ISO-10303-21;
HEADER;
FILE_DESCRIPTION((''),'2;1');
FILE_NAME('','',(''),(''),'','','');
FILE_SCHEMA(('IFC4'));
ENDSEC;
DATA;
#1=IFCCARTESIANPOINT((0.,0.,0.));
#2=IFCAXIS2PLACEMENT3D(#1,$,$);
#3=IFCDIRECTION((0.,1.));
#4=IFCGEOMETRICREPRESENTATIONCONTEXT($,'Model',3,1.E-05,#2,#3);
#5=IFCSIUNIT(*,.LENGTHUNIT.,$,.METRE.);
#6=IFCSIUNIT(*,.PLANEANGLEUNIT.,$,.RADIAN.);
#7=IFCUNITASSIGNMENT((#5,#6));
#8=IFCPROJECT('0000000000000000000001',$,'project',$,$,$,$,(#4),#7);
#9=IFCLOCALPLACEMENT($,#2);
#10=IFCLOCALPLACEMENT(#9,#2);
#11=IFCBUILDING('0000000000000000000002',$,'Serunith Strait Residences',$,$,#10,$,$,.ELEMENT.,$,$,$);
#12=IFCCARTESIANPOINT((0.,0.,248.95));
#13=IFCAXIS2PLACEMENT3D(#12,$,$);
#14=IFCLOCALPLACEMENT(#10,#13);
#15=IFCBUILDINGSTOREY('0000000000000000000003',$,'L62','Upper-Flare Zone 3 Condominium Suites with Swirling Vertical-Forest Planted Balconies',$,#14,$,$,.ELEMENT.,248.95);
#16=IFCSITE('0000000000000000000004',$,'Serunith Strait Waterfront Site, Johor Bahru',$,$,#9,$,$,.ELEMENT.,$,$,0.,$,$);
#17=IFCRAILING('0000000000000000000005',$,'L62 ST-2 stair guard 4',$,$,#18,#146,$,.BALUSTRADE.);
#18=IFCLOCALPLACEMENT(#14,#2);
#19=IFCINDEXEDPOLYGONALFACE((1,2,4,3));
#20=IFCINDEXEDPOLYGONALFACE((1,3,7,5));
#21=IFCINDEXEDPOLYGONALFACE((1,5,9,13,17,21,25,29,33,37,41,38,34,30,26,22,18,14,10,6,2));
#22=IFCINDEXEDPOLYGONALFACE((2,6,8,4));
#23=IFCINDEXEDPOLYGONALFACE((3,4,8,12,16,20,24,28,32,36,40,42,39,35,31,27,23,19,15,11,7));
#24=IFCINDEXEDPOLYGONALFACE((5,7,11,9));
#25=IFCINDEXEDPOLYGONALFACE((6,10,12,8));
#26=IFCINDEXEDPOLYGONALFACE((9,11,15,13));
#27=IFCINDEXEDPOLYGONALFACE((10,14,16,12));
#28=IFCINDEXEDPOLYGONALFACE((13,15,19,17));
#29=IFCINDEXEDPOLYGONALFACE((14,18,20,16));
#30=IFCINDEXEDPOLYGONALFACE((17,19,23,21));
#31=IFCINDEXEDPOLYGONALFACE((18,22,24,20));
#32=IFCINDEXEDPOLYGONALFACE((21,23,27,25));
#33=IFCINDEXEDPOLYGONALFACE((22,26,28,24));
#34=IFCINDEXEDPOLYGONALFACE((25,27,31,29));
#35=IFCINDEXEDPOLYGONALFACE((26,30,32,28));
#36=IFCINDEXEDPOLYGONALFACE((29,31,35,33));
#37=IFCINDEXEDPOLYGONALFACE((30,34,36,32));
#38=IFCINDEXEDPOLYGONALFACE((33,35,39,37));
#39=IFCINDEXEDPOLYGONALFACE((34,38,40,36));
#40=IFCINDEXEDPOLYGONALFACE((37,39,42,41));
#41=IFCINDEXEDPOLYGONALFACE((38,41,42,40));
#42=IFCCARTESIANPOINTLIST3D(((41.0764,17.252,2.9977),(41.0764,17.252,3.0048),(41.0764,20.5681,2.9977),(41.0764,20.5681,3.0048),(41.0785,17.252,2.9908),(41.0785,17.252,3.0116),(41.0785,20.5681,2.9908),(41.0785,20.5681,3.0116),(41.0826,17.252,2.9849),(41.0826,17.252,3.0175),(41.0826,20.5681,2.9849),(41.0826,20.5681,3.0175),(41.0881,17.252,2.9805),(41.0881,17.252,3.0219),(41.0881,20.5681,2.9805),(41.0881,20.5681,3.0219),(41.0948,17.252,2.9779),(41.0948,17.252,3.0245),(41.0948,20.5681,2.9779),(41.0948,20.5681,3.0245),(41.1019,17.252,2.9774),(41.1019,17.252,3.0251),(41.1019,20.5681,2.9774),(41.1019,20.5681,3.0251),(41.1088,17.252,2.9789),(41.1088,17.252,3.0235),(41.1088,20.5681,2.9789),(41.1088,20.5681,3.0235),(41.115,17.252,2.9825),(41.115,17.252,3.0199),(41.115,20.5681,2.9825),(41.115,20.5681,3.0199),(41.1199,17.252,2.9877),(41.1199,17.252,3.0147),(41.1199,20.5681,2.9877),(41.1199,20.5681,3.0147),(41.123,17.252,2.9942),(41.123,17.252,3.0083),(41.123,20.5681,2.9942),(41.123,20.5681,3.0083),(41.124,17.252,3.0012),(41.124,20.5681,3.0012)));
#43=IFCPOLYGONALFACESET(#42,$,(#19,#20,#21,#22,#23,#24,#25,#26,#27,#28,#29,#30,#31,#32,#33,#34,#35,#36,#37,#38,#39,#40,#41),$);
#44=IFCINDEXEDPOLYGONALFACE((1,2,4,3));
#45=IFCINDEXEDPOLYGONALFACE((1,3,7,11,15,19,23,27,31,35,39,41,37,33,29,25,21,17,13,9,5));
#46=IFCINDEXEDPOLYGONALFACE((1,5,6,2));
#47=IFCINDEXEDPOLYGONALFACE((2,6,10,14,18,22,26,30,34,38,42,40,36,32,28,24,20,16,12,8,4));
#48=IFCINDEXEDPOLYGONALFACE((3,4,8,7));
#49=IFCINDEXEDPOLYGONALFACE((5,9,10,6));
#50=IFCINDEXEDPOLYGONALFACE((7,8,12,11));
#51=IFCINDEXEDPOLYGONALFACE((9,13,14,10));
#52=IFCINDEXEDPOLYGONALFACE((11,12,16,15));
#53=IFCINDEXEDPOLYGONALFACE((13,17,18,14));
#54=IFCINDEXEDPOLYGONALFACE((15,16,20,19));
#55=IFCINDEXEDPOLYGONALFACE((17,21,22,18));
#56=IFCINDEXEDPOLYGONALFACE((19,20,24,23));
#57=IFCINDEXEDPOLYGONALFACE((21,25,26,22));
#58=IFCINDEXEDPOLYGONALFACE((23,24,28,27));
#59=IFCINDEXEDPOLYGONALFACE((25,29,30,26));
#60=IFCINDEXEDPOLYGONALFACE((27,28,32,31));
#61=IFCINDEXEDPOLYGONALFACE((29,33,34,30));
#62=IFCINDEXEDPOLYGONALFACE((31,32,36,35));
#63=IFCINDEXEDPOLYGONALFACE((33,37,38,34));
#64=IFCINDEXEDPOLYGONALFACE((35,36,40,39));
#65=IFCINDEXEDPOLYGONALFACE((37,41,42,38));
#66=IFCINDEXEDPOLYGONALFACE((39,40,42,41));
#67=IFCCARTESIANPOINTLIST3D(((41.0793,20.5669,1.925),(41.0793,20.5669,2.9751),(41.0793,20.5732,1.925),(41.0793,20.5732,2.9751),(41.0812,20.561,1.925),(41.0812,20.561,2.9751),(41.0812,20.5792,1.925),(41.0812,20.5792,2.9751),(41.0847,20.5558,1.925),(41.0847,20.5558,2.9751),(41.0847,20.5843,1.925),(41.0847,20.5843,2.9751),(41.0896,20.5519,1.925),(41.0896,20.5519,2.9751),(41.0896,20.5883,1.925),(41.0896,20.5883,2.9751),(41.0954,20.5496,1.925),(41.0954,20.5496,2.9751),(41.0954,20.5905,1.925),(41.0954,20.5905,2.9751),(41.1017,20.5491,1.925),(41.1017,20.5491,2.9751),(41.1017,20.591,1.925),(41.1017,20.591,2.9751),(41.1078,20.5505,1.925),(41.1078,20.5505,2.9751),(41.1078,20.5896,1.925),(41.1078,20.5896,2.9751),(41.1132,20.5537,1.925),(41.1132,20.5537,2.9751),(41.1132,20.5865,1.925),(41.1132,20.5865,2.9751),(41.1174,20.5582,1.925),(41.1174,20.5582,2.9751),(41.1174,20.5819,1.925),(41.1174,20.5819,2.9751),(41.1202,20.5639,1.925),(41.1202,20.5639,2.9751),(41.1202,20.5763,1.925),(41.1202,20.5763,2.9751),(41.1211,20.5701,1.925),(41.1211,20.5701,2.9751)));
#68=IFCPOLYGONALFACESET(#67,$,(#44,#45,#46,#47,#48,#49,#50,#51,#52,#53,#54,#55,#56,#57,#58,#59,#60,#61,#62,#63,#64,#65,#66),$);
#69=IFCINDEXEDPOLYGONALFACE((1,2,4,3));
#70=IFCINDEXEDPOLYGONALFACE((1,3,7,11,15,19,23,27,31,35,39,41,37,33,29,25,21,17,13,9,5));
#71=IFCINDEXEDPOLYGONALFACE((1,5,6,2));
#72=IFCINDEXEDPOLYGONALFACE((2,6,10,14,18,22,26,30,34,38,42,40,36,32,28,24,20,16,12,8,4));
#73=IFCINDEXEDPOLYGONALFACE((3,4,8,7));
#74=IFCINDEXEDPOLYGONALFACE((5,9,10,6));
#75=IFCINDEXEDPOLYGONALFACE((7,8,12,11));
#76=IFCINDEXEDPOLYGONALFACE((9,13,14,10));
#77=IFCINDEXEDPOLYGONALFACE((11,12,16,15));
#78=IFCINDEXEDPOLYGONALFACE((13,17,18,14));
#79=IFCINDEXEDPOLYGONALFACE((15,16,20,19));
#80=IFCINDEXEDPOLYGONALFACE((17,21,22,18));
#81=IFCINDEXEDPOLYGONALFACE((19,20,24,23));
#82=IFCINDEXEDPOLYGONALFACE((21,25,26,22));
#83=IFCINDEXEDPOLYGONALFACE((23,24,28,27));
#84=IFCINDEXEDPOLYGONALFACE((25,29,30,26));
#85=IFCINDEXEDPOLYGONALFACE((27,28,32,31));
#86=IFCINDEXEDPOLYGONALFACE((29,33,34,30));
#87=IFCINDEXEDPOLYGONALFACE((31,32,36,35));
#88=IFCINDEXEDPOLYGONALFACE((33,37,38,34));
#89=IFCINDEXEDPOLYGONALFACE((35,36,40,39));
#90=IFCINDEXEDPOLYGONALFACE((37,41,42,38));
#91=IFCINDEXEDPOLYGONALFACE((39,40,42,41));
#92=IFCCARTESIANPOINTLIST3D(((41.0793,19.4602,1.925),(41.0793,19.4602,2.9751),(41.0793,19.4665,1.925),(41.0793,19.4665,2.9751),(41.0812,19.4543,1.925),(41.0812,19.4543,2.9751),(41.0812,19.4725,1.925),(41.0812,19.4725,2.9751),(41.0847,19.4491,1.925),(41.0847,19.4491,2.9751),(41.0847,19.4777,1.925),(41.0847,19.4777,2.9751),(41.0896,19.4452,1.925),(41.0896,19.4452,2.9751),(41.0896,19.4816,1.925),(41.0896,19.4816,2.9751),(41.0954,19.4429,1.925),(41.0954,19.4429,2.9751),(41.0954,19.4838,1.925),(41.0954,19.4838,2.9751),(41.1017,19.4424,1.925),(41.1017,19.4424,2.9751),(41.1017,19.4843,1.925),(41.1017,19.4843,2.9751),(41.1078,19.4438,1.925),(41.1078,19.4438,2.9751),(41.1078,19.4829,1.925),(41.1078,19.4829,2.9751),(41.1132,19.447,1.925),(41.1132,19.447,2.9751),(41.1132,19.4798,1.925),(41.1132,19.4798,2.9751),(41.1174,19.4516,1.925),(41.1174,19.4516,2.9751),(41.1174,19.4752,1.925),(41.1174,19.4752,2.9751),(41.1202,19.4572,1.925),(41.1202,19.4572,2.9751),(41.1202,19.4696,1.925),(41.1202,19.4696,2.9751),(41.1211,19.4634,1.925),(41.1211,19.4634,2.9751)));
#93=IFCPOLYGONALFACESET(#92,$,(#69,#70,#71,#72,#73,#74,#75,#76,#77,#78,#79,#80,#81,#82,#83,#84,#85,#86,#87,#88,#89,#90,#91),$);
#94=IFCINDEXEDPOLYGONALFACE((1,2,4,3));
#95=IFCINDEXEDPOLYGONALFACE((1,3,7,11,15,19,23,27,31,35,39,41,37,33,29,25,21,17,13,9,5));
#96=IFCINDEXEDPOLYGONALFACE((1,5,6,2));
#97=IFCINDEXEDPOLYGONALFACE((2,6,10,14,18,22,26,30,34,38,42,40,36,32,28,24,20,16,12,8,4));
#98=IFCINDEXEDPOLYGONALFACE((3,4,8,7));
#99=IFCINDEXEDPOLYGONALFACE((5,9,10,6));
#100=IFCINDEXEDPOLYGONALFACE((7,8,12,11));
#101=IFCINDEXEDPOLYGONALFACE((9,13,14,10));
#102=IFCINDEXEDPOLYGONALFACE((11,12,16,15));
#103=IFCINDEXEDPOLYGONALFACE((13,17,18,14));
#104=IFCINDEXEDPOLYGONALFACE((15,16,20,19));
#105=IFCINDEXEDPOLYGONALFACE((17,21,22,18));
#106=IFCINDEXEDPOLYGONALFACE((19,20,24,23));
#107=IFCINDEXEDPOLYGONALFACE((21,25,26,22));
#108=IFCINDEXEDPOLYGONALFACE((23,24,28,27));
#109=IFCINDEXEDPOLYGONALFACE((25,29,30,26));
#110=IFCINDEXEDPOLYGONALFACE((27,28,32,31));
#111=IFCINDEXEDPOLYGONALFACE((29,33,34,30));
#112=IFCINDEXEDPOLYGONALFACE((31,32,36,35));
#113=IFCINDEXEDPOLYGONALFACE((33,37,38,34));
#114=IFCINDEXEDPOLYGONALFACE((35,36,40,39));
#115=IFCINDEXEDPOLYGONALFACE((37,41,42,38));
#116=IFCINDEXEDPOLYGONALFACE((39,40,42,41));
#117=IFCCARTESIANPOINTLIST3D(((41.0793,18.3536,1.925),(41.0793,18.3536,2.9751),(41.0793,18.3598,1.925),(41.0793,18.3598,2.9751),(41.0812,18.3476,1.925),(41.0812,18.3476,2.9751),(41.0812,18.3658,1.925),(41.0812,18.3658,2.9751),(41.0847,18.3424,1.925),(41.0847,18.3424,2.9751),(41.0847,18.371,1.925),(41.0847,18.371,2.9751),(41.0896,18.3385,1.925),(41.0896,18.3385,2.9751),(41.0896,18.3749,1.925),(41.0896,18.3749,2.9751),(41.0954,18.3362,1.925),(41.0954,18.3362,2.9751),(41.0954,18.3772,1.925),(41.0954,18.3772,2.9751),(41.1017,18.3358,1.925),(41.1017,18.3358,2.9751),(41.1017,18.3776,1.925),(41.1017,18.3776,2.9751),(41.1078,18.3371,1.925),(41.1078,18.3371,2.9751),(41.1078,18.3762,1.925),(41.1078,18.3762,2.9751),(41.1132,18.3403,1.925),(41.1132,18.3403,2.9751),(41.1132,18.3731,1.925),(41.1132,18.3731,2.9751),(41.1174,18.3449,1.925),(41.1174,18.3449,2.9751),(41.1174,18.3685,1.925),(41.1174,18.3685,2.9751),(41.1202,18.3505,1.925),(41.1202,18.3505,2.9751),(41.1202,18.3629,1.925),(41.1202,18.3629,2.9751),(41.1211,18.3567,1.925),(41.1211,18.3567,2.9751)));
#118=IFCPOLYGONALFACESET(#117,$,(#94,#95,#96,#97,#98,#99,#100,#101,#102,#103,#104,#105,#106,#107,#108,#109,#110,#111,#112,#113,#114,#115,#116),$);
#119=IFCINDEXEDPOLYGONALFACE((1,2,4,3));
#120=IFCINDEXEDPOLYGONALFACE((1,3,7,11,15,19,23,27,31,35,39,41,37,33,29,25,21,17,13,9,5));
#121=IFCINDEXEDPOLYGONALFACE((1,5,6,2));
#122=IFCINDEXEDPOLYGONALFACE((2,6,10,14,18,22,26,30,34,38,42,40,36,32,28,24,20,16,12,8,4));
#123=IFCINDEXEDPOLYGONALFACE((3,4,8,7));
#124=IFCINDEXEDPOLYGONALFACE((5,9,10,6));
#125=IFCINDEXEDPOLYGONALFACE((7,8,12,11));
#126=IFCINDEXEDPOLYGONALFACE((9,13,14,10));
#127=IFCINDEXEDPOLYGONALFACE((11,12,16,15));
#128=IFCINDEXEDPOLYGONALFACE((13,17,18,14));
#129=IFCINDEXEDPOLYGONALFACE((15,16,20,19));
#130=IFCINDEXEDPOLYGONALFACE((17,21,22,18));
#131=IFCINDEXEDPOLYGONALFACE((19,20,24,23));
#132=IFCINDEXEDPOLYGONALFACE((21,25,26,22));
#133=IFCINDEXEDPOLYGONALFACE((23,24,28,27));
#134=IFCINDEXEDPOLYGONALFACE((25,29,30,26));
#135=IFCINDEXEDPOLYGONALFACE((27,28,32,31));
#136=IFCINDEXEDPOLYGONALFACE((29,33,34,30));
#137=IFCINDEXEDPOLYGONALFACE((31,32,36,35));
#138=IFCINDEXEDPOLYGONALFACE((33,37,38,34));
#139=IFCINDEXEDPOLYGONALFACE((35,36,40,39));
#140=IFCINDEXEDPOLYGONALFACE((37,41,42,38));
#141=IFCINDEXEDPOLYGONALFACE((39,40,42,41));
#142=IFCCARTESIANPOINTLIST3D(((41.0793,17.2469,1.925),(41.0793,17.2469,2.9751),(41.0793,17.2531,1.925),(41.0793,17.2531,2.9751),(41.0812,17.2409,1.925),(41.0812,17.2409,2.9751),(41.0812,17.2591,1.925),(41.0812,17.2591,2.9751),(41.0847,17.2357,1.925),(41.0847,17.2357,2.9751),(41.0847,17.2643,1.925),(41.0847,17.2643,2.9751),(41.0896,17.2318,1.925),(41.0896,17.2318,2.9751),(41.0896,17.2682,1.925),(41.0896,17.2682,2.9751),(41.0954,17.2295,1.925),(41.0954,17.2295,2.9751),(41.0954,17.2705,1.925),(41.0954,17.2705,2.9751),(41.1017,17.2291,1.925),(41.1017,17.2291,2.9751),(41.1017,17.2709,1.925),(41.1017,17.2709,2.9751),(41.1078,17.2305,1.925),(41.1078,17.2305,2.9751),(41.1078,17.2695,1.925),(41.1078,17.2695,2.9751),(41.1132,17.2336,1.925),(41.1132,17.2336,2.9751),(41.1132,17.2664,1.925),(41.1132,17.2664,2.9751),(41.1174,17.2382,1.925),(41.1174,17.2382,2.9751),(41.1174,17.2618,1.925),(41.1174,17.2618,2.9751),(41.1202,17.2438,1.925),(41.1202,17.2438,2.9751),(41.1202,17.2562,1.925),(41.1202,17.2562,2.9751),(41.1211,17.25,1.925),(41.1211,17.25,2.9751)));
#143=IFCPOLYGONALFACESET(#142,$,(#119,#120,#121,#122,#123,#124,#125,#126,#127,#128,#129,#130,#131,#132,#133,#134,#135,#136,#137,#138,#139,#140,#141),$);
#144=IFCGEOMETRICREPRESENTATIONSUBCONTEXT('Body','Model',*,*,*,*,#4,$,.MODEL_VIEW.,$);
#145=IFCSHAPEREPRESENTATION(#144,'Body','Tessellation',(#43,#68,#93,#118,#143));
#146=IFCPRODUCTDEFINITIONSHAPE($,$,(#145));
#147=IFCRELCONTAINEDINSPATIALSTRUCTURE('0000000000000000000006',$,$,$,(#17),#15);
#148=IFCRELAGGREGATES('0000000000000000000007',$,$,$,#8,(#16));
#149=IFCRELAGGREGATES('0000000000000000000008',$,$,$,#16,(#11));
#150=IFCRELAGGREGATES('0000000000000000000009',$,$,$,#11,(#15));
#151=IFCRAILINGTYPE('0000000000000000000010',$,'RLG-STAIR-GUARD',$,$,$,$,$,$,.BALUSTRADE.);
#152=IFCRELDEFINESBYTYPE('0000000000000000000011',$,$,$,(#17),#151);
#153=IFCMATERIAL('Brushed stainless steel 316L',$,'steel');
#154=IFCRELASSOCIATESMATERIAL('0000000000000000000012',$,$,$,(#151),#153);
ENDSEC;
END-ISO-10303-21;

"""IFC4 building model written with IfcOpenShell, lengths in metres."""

from ifc_helpers import new_model, si_unit, direction, frame, origin, origin_2d, place, context, subcontext, project, spatial, circle, extrude, material, type_object, element, save


model = new_model("IFC4")

# Units and contexts
model_context = context("Model", 3, precision=1e-05, world=origin(), true_north=direction((0.0, 1.0)))
body_context = subcontext(model_context, "Body", "Model", "MODEL_VIEW")
ifc_project = project(units=[si_unit("LENGTHUNIT", "METRE"), si_unit("PLANEANGLEUNIT", "RADIAN")], contexts=[model_context])

# Site, building, storey
site_placement = place(None, origin())
site = spatial("IfcSite", under=ifc_project, at=site_placement, Name="Serunith Strait Waterfront Site, Johor Bahru", CompositionType="ELEMENT", RefElevation=0.0)
building_placement = place(site_placement, origin())
building = spatial("IfcBuilding", under=site, at=building_placement, Name="Serunith Strait Residences", CompositionType="ELEMENT")
storey_placement = place(building_placement, frame((0.0, 0.0, 248.95)))
storey = spatial("IfcBuildingStorey", under=building, at=storey_placement, Name="L62", Description="Upper-Flare Zone 3 Condominium Suites with Swirling Vertical-Forest Planted Balconies", CompositionType="ELEMENT", Elevation=248.95)

# Railing
ifc_material_1 = material(Name="Brushed stainless steel 316L", Category="steel")
railing_type_1 = type_object("IfcRailingType", Name="RLG-STAIR-GUARD", PredefinedType="BALUSTRADE", material=ifc_material_1)
for number, where, name in (
    (1, (41.1001, 20.5701, 1.925), "L62 ST-2 stair guard 4"),
):
    element("IfcRailing", number, at=place(storey_placement, frame(where)), inside=storey, type_object=railing_type_1, Name=name, PredefinedType="BALUSTRADE", context=body_context, shape_type="SweptSolid", body=[
        extrude(circle(Radius=0.0239, at=origin_2d()), frame((0.0, -0.002, 1.0762), z_axis=(0.0, -1.0, 0.0), x_axis=(1.0, 0.0, 0.0)), (0.0, 0.0, 1.0), 3.3162),
        extrude(circle(Radius=0.021, at=origin_2d()), origin(), (0.0, 0.0, 1.0), 1.05),
        extrude(circle(Radius=0.021, at=origin_2d()), frame((0.0, -1.1067, 0.0)), (0.0, 0.0, 1.0), 1.05),
        extrude(circle(Radius=0.021, at=origin_2d()), frame((0.0, -2.2134, 0.0)), (0.0, 0.0, 1.0), 1.05),
        extrude(circle(Radius=0.021, at=origin_2d()), frame((0.0, -3.3201, 0.0)), (0.0, 0.0, 1.0), 1.05),
    ])

save(model, "model.ifc")
